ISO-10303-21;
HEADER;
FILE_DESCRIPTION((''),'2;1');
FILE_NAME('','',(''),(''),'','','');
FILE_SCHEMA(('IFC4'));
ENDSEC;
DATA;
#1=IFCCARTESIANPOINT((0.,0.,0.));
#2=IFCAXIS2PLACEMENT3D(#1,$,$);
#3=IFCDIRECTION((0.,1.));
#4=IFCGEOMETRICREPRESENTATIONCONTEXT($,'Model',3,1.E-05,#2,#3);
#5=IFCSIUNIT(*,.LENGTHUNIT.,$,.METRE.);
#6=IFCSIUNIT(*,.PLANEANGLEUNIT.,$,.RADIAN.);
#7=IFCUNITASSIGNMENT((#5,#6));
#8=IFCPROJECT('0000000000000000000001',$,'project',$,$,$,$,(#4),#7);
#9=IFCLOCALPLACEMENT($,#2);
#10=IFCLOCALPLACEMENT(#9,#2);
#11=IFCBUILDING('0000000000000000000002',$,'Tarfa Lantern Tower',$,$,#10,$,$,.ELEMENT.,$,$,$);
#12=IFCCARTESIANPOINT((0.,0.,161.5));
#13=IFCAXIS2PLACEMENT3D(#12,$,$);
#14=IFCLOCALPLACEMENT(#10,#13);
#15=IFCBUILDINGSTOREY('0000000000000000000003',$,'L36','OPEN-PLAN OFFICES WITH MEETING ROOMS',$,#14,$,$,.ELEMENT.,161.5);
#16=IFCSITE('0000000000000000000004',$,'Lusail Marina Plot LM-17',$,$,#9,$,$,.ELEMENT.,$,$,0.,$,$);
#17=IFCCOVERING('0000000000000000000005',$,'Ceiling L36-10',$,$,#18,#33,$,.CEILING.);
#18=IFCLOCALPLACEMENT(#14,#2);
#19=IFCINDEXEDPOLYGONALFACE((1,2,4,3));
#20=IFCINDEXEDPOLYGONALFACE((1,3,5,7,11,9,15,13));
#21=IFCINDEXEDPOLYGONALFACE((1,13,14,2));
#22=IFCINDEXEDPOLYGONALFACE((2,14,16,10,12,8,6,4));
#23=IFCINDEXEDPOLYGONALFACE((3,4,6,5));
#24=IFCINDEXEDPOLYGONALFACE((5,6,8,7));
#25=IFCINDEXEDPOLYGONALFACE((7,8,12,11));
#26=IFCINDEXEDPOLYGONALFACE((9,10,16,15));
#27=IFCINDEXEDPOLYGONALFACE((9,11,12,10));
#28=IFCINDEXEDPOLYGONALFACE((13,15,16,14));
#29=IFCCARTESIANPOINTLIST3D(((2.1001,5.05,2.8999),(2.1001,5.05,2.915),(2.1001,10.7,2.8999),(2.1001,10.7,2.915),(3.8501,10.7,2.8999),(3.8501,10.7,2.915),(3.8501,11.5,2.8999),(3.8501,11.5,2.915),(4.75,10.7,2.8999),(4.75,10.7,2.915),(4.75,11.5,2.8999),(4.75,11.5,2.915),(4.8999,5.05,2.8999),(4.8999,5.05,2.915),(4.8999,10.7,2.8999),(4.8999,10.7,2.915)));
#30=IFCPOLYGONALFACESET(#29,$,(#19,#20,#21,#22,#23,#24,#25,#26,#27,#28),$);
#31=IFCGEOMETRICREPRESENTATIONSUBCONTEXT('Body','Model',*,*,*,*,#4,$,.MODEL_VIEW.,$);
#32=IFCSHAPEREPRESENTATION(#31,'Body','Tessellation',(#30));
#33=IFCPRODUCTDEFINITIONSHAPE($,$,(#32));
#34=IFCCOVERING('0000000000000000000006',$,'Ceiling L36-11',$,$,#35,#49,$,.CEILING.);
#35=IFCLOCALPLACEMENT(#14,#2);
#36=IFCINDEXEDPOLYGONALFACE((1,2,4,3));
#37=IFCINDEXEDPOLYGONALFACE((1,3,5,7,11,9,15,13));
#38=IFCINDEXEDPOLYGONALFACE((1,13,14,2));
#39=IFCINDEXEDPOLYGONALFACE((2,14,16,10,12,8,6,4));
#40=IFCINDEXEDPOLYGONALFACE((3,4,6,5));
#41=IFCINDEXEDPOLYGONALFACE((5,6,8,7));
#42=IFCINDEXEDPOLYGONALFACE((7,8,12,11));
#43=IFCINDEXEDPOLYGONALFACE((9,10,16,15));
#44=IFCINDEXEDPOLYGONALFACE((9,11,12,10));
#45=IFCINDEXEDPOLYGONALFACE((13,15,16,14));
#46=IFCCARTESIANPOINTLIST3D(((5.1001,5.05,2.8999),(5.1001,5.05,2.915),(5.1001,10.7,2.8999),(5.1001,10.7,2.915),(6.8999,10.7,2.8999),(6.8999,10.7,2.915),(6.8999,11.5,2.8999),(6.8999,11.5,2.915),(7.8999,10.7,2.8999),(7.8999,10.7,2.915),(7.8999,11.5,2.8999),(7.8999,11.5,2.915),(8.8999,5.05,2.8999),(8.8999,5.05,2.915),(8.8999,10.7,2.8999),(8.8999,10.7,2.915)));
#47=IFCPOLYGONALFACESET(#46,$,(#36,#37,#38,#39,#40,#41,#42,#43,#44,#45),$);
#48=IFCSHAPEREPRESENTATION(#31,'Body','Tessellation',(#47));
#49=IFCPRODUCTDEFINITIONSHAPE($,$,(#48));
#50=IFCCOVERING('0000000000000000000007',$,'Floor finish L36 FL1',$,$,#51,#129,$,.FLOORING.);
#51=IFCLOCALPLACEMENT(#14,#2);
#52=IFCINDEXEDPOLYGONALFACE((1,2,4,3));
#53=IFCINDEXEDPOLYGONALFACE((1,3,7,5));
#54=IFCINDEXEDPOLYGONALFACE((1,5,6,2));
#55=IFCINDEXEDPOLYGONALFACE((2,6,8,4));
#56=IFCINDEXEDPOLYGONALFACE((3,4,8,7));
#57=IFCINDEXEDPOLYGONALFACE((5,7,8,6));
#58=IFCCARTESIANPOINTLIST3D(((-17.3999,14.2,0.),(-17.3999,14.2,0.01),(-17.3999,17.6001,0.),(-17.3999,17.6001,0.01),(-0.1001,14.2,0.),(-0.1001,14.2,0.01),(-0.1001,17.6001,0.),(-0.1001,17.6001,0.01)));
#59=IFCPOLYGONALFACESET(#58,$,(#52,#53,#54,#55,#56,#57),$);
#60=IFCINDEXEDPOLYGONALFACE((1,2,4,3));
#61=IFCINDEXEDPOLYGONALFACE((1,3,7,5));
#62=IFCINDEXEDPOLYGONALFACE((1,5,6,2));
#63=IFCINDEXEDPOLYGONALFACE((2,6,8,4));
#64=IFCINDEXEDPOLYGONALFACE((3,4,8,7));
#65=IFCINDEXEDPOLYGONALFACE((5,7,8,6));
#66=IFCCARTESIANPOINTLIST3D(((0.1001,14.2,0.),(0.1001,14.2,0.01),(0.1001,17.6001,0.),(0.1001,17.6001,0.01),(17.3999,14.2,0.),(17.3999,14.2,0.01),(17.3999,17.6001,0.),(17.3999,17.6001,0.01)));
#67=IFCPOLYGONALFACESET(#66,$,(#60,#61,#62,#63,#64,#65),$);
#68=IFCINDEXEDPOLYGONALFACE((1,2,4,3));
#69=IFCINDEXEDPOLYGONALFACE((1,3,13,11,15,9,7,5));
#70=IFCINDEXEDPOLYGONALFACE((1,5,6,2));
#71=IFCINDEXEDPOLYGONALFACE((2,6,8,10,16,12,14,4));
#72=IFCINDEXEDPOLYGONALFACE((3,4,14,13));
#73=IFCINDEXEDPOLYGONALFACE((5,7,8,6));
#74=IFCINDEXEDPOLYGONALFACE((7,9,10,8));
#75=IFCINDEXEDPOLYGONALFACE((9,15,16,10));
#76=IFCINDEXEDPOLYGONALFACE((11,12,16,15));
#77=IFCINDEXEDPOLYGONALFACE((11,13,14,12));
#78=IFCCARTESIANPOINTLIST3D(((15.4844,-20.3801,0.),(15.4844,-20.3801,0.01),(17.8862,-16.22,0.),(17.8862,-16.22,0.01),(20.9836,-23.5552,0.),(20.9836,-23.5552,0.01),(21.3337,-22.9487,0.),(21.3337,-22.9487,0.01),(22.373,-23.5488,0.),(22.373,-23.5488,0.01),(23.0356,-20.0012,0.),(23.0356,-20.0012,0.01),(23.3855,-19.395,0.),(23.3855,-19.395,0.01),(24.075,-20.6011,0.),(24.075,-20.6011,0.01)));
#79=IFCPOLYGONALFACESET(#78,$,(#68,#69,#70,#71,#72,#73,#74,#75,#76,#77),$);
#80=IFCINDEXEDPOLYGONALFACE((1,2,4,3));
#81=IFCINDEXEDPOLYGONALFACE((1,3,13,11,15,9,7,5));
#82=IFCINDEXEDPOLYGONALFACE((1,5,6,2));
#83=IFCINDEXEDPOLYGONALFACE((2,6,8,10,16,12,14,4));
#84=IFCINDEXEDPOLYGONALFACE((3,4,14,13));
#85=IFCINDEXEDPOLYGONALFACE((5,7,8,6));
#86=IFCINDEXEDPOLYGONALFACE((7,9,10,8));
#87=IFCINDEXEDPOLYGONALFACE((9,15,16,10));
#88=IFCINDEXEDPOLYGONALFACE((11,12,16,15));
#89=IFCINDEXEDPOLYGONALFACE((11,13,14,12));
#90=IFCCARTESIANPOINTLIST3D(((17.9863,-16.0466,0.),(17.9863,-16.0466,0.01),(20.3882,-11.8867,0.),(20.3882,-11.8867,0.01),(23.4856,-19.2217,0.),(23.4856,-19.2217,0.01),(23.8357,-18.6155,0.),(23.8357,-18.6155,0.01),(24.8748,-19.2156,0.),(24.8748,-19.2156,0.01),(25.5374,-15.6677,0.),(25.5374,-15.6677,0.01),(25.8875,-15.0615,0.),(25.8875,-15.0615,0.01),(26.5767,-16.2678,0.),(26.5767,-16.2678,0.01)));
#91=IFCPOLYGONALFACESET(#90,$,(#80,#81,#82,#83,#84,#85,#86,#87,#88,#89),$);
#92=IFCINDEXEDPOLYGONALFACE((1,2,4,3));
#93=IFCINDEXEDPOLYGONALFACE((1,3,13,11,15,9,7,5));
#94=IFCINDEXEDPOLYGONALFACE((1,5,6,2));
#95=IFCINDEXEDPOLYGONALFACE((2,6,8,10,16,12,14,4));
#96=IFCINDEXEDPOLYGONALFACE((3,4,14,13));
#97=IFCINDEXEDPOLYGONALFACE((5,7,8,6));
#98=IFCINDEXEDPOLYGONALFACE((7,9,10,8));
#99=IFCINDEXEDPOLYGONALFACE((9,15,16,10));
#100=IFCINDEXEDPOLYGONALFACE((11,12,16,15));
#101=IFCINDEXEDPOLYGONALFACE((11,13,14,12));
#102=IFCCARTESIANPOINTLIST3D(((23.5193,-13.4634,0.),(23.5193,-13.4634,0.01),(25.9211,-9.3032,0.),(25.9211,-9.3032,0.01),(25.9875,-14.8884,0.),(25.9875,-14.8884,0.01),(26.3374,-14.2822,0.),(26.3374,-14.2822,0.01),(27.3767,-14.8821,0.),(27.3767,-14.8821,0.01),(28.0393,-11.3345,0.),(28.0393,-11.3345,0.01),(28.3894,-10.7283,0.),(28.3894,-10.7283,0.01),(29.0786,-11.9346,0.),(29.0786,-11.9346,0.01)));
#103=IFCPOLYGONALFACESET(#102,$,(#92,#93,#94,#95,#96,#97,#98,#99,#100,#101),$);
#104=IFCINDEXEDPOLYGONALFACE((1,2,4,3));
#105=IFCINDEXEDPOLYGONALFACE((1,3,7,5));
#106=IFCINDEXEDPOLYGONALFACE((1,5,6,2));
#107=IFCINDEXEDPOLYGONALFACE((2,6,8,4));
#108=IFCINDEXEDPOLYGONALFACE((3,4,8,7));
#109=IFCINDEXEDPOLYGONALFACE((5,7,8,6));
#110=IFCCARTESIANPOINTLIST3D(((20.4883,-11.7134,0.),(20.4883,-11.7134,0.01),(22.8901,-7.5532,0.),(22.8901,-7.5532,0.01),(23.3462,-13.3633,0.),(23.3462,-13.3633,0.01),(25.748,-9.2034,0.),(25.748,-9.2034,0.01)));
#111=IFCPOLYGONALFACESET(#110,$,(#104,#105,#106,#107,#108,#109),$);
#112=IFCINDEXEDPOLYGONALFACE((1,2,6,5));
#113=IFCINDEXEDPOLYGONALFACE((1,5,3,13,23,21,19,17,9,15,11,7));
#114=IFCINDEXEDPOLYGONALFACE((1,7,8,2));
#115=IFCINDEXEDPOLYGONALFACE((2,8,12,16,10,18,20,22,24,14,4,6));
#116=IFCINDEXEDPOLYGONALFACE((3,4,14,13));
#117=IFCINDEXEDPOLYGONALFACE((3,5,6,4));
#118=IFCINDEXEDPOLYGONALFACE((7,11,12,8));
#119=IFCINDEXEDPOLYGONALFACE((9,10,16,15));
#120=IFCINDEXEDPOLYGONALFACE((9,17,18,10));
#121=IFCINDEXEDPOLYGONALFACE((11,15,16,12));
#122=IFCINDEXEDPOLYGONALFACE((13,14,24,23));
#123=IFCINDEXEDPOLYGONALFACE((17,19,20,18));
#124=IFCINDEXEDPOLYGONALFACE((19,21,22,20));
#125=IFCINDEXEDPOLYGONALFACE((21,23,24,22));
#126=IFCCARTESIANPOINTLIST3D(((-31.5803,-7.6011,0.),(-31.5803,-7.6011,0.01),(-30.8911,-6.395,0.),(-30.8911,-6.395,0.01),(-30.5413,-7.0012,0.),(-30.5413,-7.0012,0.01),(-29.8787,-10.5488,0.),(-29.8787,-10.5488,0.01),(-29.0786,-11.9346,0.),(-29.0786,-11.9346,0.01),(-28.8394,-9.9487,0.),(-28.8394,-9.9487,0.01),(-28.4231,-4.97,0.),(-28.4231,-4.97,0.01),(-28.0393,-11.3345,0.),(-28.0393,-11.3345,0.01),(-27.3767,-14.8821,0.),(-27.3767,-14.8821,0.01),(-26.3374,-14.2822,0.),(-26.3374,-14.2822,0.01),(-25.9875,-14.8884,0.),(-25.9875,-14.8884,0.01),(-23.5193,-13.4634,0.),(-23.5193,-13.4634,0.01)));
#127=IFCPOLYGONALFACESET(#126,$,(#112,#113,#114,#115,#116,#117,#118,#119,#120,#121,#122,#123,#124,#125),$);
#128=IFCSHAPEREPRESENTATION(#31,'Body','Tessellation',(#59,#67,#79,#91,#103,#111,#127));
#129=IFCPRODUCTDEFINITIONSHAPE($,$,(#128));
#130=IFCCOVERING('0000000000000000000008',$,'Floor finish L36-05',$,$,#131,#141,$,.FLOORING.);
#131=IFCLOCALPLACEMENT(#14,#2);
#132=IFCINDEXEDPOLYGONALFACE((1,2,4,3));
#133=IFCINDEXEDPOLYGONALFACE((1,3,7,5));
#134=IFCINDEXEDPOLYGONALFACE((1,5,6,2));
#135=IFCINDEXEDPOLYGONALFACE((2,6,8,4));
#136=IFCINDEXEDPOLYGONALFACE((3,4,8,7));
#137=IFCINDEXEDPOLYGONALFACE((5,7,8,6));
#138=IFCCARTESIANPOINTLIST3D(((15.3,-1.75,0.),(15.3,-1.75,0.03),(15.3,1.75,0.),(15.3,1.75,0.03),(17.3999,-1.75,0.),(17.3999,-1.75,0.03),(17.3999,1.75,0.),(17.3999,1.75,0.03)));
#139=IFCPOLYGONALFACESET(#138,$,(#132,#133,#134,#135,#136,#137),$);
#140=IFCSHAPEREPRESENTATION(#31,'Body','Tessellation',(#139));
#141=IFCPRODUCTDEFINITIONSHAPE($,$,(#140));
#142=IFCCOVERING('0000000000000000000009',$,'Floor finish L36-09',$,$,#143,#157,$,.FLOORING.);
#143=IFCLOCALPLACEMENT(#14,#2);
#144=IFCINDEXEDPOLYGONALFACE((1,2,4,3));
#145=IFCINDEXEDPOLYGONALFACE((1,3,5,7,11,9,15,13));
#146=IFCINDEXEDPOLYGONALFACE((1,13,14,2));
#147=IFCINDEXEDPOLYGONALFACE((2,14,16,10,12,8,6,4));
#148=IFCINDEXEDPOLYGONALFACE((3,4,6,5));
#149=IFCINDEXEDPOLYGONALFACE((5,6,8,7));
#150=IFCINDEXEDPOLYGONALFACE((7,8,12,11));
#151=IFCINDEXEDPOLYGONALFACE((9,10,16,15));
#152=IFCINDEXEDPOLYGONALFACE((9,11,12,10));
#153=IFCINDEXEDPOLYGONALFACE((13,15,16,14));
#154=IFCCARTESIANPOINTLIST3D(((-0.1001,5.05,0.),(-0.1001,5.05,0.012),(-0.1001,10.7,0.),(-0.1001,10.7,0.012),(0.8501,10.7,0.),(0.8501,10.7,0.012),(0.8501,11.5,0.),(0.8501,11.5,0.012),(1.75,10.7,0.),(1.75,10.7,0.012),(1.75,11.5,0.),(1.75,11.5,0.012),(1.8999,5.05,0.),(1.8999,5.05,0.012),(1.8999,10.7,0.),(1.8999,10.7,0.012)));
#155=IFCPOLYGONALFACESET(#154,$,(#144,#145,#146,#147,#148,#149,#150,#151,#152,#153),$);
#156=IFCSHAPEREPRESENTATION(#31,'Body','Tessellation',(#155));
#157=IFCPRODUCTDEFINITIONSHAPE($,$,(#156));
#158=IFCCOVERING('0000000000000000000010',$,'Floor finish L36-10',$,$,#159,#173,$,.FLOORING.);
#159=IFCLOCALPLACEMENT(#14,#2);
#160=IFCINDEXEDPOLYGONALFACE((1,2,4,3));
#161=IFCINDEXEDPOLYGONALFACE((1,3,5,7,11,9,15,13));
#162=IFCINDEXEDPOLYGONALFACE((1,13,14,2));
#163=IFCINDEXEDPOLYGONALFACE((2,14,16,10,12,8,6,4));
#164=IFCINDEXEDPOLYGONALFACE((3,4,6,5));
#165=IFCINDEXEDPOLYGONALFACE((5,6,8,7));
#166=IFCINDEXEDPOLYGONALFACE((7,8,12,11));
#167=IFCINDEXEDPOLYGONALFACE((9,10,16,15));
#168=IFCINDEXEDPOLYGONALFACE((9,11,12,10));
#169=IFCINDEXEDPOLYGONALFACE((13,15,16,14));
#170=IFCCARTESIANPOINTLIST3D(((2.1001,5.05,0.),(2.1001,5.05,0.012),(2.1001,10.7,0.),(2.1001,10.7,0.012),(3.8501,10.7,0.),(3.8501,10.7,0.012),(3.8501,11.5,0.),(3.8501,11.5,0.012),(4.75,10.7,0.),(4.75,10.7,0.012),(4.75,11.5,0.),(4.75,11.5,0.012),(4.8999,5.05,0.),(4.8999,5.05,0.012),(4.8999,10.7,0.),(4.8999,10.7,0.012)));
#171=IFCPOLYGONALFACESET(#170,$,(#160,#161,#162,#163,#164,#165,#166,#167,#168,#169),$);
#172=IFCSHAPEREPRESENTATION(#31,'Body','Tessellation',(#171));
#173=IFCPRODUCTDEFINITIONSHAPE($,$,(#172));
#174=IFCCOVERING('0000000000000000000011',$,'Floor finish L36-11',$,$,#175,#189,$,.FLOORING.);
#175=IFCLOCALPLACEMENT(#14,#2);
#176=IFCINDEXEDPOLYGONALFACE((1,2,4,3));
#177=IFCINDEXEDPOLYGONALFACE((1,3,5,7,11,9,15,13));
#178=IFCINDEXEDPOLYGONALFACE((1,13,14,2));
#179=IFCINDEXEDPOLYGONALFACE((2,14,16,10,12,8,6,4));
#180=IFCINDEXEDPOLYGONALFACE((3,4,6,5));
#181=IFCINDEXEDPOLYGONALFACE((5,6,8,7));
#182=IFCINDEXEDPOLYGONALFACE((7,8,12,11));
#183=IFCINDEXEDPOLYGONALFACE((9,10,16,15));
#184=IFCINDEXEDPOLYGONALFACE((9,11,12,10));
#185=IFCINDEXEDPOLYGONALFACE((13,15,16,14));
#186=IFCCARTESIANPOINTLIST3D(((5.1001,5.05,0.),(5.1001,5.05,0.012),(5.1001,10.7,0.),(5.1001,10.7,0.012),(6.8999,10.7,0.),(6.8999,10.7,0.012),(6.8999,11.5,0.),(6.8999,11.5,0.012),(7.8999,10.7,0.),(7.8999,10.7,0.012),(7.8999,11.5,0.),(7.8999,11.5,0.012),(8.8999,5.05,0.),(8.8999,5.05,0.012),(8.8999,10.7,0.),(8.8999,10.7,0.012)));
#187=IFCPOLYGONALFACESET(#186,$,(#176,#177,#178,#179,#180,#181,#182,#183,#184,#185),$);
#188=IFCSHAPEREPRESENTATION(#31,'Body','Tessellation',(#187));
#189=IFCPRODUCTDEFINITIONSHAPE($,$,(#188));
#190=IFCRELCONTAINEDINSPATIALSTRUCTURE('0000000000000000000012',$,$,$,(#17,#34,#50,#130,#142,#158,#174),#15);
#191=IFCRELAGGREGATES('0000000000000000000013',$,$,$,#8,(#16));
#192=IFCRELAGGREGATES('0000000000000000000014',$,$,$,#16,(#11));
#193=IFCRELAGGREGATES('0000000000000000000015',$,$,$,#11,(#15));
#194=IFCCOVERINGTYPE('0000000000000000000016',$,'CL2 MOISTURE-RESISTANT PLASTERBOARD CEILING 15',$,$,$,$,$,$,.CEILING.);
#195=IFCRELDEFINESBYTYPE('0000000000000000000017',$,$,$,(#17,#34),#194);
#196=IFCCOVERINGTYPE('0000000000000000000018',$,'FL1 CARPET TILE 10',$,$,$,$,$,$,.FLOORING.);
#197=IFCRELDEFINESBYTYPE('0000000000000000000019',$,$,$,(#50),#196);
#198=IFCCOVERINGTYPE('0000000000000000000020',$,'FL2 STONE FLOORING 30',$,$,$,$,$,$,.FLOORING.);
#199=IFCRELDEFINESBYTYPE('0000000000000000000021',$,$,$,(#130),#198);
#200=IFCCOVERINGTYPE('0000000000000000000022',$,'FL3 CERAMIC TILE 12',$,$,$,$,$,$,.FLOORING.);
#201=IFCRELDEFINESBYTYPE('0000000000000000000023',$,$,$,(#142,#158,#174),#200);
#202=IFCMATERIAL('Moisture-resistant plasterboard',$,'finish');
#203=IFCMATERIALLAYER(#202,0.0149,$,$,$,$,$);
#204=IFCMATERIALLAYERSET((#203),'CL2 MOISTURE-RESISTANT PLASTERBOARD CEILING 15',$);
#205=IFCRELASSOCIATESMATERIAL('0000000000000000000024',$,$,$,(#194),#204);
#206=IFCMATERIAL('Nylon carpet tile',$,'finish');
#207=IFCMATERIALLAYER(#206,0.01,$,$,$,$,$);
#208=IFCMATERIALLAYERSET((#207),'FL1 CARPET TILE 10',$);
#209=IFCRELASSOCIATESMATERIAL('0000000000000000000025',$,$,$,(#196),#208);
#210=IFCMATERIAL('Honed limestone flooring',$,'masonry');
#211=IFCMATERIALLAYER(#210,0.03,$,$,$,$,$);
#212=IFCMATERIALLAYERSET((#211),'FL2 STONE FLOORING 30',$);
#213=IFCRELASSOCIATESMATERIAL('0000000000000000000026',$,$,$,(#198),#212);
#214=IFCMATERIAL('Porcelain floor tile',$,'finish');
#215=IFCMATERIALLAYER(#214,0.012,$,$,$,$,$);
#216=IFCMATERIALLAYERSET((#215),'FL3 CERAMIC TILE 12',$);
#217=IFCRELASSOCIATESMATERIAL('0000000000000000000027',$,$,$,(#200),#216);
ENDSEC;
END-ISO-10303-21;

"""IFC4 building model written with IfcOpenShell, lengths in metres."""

from ifc_helpers import new_model, si_unit, direction, frame, origin, place, context, subcontext, project, spatial, polyline, outline, extrude, material, layer, layer_set, type_object, element, save


model = new_model("IFC4")

# Units and contexts
model_context = context("Model", 3, precision=1e-05, world=origin(), true_north=direction((0.0, 1.0)))
body_context = subcontext(model_context, "Body", "Model", "MODEL_VIEW")
ifc_project = project(units=[si_unit("LENGTHUNIT", "METRE"), si_unit("PLANEANGLEUNIT", "RADIAN")], contexts=[model_context])

# Site, building, storey
site_placement = place(None, origin())
site = spatial("IfcSite", under=ifc_project, at=site_placement, Name="Lusail Marina Plot LM-17", CompositionType="ELEMENT", RefElevation=0.0)
building_placement = place(site_placement, origin())
building = spatial("IfcBuilding", under=site, at=building_placement, Name="Tarfa Lantern Tower", CompositionType="ELEMENT")
storey_placement = place(building_placement, frame((0.0, 0.0, 161.5)))
storey = spatial("IfcBuildingStorey", under=building, at=storey_placement, Name="L36", Description="OPEN-PLAN OFFICES WITH MEETING ROOMS", CompositionType="ELEMENT", Elevation=161.5)

# Coverings
ifc_material_1 = material(Name="Moisture-resistant plasterboard", Category="finish")
ifc_layer_1 = layer(ifc_material_1, 0.0149)
ifc_layer_set_1 = layer_set([ifc_layer_1], Name="CL2 MOISTURE-RESISTANT PLASTERBOARD CEILING 15")
covering_type_1 = type_object("IfcCoveringType", Name="CL2 MOISTURE-RESISTANT PLASTERBOARD CEILING 15", PredefinedType="CEILING", material=ifc_layer_set_1)
covering_1_placement = place(storey_placement, frame((0.0, 0.0, 2.8999)))
element("IfcCovering", 1, at=covering_1_placement, inside=storey, type_object=covering_type_1, Name="Ceiling L36-10", PredefinedType="CEILING", context=body_context, shape_type="SweptSolid", body=[
    extrude(outline(polyline([(2.1001, 5.05), (4.8999, 5.05), (4.8999, 10.7), (4.75, 10.7), (4.75, 11.5), (3.8501, 11.5), (3.8501, 10.7), (2.1001, 10.7), (2.1001, 5.05)])), origin(), (0.0, 0.0, 1.0), 0.0151),
])
covering_2_placement = place(storey_placement, frame((0.0, 0.0, 2.8999)))
element("IfcCovering", 2, at=covering_2_placement, inside=storey, type_object=covering_type_1, Name="Ceiling L36-11", PredefinedType="CEILING", context=body_context, shape_type="SweptSolid", body=[
    extrude(outline(polyline([(5.1001, 5.05), (8.8999, 5.05), (8.8999, 10.7), (7.8999, 10.7), (7.8999, 11.5), (6.8999, 11.5), (6.8999, 10.7), (5.1001, 10.7), (5.1001, 5.05)])), origin(), (0.0, 0.0, 1.0), 0.0151),
])
ifc_material_2 = material(Name="Nylon carpet tile", Category="finish")
ifc_layer_2 = layer(ifc_material_2, 0.01)
ifc_layer_set_2 = layer_set([ifc_layer_2], Name="FL1 CARPET TILE 10")
covering_type_2 = type_object("IfcCoveringType", Name="FL1 CARPET TILE 10", PredefinedType="FLOORING", material=ifc_layer_set_2)
covering_3_placement = place(storey_placement, origin())
element("IfcCovering", 3, at=covering_3_placement, inside=storey, type_object=covering_type_2, Name="Floor finish L36 FL1", PredefinedType="FLOORING", context=body_context, shape_type="SweptSolid", body=[
    extrude(outline(polyline([(-17.3999, 17.6001), (-0.1001, 17.6001), (-0.1001, 14.2), (-17.3999, 14.2), (-17.3999, 17.6001)])), origin(), (0.0, 0.0, 1.0), 0.01),
    extrude(outline(polyline([(0.1001, 17.6001), (17.3999, 17.6001), (17.3999, 14.2), (0.1001, 14.2), (0.1001, 17.6001)])), origin(), (0.0, 0.0, 1.0), 0.01),
    extrude(outline(polyline([(17.8862, -16.22), (23.3855, -19.395), (23.0356, -20.0012), (24.075, -20.6011), (22.373, -23.5488), (21.3337, -22.9487), (20.9836, -23.5552), (15.4844, -20.3801), (17.8862, -16.22)])), origin(), (0.0, 0.0, 1.0), 0.01),
    extrude(outline(polyline([(20.3882, -11.8867), (25.8875, -15.0615), (25.5374, -15.6677), (26.5767, -16.2678), (24.8748, -19.2156), (23.8357, -18.6155), (23.4856, -19.2217), (17.9863, -16.0466), (20.3882, -11.8867)])), origin(), (0.0, 0.0, 1.0), 0.01),
    extrude(outline(polyline([(25.9211, -9.3032), (28.3894, -10.7283), (28.0393, -11.3345), (29.0786, -11.9346), (27.3767, -14.8821), (26.3374, -14.2822), (25.9875, -14.8884), (23.5193, -13.4634), (25.9211, -9.3032)])), origin(), (0.0, 0.0, 1.0), 0.01),
    extrude(outline(polyline([(22.8901, -7.5532), (25.748, -9.2034), (23.3462, -13.3633), (20.4883, -11.7134), (22.8901, -7.5532)])), origin(), (0.0, 0.0, 1.0), 0.01),
    extrude(outline(polyline([(-23.5193, -13.4634), (-25.9875, -14.8884), (-26.3374, -14.2822), (-27.3767, -14.8821), (-29.0786, -11.9346), (-28.0393, -11.3345), (-28.8394, -9.9487), (-29.8787, -10.5488), (-31.5803, -7.6011), (-30.5413, -7.0012), (-30.8911, -6.395), (-28.4231, -4.97), (-23.5193, -13.4634)])), origin(), (0.0, 0.0, 1.0), 0.01),
])
ifc_material_3 = material(Name="Honed limestone flooring", Category="masonry")
ifc_layer_3 = layer(ifc_material_3, 0.03)
ifc_layer_set_3 = layer_set([ifc_layer_3], Name="FL2 STONE FLOORING 30")
covering_type_3 = type_object("IfcCoveringType", Name="FL2 STONE FLOORING 30", PredefinedType="FLOORING", material=ifc_layer_set_3)
covering_4_placement = place(storey_placement, origin())
element("IfcCovering", 4, at=covering_4_placement, inside=storey, type_object=covering_type_3, Name="Floor finish L36-05", PredefinedType="FLOORING", context=body_context, shape_type="SweptSolid", body=[
    extrude(outline(polyline([(15.3, -1.75), (17.3999, -1.75), (17.3999, 1.75), (15.3, 1.75), (15.3, -1.75)])), origin(), (0.0, 0.0, 1.0), 0.03),
])
ifc_material_4 = material(Name="Porcelain floor tile", Category="finish")
ifc_layer_4 = layer(ifc_material_4, 0.012)
ifc_layer_set_4 = layer_set([ifc_layer_4], Name="FL3 CERAMIC TILE 12")
covering_type_4 = type_object("IfcCoveringType", Name="FL3 CERAMIC TILE 12", PredefinedType="FLOORING", material=ifc_layer_set_4)
covering_5_placement = place(storey_placement, origin())
element("IfcCovering", 5, at=covering_5_placement, inside=storey, type_object=covering_type_4, Name="Floor finish L36-09", PredefinedType="FLOORING", context=body_context, shape_type="SweptSolid", body=[
    extrude(outline(polyline([(0.8501, 10.7), (-0.1001, 10.7), (-0.1001, 5.05), (1.8999, 5.05), (1.8999, 10.7), (1.75, 10.7), (1.75, 11.5), (1.75, 11.5), (0.8501, 11.5), (0.8501, 10.7)])), origin(), (0.0, 0.0, 1.0), 0.012),
])
covering_6_placement = place(storey_placement, origin())
element("IfcCovering", 6, at=covering_6_placement, inside=storey, type_object=covering_type_4, Name="Floor finish L36-10", PredefinedType="FLOORING", context=body_context, shape_type="SweptSolid", body=[
    extrude(outline(polyline([(2.1001, 5.05), (4.8999, 5.05), (4.8999, 10.7), (4.75, 10.7), (4.75, 11.5), (3.8501, 11.5), (3.8501, 10.7), (2.1001, 10.7), (2.1001, 5.05)])), origin(), (0.0, 0.0, 1.0), 0.012),
])
covering_7_placement = place(storey_placement, origin())
element("IfcCovering", 7, at=covering_7_placement, inside=storey, type_object=covering_type_4, Name="Floor finish L36-11", PredefinedType="FLOORING", context=body_context, shape_type="SweptSolid", body=[
    extrude(outline(polyline([(5.1001, 5.05), (8.8999, 5.05), (8.8999, 10.7), (7.8999, 10.7), (7.8999, 11.5), (6.8999, 11.5), (6.8999, 10.7), (5.1001, 10.7), (5.1001, 5.05)])), origin(), (0.0, 0.0, 1.0), 0.012),
])

save(model, "model.ifc")
